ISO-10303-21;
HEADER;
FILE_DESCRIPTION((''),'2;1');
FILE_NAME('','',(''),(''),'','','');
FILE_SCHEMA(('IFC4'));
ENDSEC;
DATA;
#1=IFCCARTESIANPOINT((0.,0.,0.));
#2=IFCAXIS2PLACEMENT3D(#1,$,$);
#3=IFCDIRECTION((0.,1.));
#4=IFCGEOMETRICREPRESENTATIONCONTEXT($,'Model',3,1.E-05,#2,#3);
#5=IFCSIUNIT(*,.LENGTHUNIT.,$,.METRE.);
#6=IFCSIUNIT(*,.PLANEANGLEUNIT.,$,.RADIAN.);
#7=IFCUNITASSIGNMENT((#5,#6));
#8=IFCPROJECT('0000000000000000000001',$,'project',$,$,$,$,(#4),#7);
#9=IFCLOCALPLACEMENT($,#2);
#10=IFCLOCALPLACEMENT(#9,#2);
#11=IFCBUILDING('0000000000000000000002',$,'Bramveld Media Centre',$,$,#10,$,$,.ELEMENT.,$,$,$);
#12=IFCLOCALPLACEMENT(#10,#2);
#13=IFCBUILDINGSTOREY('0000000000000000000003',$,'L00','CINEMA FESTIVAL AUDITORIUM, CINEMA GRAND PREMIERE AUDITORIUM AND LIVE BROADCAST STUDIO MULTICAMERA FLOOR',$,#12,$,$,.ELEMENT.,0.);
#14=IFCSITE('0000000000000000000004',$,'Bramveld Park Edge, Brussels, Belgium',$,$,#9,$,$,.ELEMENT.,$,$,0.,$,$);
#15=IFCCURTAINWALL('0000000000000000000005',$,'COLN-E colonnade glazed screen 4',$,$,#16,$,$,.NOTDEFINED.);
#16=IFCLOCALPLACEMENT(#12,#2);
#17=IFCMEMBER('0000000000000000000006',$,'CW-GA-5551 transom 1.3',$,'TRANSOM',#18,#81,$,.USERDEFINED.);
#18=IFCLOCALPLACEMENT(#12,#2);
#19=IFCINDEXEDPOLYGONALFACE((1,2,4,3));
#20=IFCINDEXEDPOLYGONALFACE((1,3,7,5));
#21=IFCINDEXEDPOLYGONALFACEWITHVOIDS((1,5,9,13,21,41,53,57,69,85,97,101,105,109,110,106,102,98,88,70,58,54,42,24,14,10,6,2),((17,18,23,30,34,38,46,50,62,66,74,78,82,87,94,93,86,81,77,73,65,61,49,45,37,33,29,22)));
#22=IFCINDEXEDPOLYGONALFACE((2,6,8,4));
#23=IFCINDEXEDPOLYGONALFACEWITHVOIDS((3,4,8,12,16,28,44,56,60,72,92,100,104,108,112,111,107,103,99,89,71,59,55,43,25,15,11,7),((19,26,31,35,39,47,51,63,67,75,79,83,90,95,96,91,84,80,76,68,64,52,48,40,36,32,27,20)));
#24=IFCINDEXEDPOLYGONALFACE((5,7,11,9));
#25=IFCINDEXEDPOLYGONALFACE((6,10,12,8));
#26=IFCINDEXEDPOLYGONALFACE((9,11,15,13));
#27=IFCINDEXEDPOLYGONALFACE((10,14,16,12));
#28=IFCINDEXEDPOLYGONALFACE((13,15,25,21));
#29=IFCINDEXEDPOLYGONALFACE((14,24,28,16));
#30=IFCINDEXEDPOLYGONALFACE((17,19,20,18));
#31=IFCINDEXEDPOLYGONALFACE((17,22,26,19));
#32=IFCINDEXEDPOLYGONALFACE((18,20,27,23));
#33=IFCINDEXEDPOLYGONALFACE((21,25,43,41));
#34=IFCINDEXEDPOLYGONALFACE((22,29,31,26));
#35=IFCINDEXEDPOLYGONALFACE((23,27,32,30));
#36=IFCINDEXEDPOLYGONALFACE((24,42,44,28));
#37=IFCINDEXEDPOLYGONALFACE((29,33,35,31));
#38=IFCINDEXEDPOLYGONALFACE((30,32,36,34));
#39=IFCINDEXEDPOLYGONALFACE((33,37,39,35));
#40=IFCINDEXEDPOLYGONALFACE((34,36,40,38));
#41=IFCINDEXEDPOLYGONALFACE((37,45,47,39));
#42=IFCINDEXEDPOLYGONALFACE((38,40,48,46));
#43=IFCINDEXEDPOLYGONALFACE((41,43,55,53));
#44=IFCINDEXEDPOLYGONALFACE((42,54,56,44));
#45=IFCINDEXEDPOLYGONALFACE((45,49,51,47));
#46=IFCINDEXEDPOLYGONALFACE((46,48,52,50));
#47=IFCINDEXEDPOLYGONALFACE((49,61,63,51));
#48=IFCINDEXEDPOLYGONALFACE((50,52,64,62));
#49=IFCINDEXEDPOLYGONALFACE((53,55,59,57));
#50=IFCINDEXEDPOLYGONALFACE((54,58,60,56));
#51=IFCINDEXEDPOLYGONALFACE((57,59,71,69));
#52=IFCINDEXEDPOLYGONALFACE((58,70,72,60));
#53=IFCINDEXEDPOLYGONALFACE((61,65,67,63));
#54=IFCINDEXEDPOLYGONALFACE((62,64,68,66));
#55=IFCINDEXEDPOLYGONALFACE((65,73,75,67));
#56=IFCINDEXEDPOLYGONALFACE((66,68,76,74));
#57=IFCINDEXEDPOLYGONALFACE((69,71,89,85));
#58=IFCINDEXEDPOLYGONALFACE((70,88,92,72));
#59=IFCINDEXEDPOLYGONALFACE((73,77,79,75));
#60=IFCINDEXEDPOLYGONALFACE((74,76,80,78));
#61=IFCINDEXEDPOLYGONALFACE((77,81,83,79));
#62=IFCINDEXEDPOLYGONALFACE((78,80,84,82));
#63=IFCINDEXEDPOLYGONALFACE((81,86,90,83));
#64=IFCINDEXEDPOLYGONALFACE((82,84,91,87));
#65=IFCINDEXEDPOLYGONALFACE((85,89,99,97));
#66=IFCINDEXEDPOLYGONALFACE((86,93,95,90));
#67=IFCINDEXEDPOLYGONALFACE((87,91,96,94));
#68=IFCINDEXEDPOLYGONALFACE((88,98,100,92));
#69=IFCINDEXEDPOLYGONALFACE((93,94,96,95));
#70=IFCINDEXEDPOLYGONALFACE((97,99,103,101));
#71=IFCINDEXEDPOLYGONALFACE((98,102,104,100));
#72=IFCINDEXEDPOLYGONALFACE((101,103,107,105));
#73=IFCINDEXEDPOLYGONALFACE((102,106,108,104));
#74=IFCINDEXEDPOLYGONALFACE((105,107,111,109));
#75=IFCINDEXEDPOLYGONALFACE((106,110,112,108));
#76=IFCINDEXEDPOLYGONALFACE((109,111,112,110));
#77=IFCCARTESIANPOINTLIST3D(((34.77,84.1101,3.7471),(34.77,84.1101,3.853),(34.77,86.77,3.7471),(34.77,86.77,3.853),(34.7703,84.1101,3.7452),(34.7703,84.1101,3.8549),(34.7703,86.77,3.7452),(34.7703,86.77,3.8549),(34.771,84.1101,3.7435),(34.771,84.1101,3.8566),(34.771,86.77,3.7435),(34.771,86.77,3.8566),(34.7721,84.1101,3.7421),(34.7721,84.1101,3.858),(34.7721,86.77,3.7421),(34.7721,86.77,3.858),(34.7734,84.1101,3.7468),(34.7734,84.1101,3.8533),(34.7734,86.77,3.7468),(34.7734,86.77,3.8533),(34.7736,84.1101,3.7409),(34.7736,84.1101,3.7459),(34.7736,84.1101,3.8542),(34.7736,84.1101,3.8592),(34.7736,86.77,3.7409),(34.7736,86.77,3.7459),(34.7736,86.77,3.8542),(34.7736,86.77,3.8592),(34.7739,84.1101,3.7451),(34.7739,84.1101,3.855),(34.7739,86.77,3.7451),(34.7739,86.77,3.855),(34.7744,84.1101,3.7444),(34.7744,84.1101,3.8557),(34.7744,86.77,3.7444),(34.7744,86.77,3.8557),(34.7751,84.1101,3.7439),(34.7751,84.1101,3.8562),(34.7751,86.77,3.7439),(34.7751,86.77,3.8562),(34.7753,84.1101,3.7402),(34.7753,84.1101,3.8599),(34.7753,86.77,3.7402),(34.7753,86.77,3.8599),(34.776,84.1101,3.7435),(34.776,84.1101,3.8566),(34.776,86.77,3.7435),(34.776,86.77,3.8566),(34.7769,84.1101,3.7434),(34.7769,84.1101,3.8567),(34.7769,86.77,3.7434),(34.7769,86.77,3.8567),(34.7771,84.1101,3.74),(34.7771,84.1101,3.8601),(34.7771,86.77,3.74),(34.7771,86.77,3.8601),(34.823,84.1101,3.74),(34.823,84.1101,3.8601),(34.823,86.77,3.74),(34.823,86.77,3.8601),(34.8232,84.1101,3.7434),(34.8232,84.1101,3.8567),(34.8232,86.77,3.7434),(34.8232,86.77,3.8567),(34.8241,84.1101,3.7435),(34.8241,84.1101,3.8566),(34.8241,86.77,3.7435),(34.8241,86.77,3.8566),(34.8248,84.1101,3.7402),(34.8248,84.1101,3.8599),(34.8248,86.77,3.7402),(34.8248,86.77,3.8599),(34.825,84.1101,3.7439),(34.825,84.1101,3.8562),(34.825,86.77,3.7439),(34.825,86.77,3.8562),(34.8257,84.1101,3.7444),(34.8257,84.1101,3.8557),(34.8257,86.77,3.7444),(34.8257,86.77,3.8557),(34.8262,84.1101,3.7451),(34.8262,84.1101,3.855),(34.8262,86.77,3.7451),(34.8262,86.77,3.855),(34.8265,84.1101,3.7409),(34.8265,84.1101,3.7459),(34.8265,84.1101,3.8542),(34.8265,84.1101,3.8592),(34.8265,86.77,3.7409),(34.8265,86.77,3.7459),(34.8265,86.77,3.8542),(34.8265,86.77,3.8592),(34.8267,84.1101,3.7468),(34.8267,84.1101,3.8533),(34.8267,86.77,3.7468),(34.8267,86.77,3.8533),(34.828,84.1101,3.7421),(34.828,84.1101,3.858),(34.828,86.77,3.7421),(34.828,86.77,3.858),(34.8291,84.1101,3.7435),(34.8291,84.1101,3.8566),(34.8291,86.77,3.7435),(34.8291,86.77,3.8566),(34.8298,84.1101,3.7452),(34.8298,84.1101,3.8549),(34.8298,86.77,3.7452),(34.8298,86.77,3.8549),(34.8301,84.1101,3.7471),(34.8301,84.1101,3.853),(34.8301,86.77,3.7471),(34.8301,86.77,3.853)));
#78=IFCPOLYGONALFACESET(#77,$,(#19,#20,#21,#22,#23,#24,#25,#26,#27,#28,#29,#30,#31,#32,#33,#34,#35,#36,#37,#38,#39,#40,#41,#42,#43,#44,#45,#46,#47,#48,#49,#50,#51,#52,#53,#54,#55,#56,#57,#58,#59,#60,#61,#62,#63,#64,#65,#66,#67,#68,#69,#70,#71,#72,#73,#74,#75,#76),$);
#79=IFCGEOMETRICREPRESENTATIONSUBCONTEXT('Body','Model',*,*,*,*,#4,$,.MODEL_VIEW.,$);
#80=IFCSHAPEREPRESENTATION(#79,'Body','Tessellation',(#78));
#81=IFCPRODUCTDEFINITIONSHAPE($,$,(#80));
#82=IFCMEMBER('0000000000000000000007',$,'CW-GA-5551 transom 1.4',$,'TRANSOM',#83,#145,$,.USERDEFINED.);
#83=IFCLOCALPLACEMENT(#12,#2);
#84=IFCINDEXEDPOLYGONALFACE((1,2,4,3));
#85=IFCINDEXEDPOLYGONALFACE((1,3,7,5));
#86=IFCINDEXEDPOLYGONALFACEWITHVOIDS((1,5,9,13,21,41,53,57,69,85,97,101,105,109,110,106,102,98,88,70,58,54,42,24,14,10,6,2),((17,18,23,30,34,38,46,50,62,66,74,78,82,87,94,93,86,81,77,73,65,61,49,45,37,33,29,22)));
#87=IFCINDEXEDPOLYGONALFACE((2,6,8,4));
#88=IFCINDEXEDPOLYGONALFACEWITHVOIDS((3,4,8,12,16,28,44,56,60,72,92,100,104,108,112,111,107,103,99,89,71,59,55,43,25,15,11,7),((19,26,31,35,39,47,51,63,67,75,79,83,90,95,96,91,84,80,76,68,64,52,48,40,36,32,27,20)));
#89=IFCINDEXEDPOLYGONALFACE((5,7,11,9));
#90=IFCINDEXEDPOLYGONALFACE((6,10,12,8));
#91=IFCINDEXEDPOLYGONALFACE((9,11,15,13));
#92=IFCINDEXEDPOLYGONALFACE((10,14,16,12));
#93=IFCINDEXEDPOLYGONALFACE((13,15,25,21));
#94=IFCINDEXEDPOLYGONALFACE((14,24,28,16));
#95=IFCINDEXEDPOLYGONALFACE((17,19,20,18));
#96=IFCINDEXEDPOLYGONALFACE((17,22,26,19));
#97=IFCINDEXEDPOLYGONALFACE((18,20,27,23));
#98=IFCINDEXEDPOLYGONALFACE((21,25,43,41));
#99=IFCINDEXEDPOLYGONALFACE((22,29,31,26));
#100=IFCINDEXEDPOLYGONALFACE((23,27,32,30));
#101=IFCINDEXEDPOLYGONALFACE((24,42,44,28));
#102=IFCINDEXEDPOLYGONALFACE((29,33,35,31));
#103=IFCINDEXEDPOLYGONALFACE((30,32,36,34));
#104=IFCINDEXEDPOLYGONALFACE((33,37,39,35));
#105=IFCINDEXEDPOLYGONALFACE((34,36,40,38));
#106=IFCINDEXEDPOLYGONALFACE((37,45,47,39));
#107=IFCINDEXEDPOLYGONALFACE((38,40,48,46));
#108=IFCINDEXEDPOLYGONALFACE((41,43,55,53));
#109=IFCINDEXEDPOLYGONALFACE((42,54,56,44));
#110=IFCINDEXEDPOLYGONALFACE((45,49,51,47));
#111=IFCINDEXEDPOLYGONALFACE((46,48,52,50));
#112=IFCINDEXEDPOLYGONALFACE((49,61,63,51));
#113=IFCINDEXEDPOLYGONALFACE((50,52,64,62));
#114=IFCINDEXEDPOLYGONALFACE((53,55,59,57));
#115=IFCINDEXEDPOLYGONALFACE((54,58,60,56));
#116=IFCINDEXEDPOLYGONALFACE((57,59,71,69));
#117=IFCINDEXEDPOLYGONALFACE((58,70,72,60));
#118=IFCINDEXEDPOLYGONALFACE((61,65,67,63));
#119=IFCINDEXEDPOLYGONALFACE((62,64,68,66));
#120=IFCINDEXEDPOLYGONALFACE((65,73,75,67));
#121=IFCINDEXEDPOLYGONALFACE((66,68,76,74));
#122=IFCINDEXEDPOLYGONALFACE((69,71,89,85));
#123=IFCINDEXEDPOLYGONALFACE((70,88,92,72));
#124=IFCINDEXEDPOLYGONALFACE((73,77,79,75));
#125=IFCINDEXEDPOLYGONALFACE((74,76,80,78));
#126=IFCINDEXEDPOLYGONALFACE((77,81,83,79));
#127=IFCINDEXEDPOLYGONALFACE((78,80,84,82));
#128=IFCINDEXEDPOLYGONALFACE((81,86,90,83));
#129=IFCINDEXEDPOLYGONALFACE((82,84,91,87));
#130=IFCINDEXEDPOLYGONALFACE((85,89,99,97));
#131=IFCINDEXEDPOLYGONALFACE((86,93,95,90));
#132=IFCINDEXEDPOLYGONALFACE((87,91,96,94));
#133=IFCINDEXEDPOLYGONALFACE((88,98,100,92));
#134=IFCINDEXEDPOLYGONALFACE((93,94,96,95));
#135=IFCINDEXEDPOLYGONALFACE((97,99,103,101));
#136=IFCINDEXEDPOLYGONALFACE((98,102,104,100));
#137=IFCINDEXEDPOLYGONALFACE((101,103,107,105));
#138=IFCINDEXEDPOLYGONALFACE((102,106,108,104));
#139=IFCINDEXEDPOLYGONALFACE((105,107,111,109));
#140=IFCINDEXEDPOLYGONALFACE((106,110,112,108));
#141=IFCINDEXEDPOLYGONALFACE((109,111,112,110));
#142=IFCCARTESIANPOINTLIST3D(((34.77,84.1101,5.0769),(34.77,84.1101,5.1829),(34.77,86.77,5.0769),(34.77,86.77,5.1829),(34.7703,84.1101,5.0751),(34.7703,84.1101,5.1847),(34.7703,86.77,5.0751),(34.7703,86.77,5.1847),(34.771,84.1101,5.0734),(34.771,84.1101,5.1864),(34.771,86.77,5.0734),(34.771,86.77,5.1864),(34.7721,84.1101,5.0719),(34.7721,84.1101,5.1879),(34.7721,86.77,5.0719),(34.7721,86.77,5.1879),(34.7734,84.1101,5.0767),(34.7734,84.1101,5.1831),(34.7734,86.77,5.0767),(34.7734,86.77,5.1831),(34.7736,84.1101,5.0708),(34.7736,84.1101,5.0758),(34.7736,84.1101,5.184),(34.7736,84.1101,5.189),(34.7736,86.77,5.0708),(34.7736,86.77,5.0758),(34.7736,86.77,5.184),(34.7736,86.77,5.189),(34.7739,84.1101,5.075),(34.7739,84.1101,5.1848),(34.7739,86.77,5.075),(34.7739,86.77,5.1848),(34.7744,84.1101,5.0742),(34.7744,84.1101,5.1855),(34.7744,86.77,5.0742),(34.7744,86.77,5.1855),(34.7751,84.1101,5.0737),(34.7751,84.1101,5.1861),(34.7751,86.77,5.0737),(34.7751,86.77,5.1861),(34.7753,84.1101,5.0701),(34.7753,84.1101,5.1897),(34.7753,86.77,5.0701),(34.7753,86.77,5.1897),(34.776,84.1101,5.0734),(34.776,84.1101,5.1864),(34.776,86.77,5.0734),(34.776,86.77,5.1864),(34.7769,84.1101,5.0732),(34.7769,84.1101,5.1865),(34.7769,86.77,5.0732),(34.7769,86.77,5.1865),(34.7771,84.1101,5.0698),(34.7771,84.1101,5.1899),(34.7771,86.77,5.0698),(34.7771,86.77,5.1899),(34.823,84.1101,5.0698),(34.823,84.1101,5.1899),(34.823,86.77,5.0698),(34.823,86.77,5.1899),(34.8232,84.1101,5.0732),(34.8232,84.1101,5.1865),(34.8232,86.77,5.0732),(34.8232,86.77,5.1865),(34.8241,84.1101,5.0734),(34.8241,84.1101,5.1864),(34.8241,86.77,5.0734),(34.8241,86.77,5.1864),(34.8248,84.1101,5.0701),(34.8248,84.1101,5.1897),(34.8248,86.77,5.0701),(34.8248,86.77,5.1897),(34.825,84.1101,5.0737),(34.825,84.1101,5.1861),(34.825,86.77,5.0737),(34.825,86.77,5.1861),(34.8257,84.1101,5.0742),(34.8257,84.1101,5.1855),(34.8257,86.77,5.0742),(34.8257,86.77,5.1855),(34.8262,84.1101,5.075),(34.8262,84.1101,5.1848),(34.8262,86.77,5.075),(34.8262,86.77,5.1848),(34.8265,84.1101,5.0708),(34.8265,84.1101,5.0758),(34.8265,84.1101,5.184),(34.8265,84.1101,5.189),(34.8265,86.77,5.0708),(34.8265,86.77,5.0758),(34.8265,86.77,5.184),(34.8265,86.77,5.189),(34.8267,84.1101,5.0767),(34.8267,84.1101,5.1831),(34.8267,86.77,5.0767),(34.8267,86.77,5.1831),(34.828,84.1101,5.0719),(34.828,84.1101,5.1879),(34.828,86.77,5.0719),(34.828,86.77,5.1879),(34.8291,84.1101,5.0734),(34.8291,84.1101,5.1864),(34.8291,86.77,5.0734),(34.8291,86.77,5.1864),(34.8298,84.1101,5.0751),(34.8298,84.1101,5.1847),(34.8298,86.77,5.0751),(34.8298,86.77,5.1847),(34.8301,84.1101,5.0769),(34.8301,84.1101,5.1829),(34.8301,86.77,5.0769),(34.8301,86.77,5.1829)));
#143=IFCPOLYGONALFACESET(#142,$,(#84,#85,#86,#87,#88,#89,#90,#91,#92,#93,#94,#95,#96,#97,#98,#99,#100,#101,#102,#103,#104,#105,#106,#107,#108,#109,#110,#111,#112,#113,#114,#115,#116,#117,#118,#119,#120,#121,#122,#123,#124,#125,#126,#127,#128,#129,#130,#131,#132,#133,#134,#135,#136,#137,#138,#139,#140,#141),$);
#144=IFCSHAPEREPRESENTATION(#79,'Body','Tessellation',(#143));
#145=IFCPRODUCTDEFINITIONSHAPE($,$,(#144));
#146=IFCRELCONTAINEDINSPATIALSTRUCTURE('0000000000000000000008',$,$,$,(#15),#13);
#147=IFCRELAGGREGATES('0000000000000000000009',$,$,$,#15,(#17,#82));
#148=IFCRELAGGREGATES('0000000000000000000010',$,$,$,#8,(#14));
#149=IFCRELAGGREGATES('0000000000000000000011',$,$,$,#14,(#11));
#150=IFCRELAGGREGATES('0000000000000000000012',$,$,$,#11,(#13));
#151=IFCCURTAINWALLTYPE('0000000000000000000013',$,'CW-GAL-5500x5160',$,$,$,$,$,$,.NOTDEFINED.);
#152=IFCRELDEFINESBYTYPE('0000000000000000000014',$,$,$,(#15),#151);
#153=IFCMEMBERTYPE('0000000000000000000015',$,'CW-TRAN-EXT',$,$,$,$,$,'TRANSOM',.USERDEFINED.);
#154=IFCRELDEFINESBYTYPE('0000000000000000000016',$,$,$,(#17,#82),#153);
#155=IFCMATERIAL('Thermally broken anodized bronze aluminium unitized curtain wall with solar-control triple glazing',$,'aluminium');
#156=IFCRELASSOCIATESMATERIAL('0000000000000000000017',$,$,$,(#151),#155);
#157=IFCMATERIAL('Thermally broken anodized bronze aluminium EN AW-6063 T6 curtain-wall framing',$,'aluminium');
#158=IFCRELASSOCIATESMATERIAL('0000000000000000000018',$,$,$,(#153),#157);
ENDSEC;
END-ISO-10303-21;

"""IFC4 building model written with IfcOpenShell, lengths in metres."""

from ifc_helpers import new_model, si_unit, direction, frame, origin, origin_2d, place, context, subcontext, project, spatial, hollow_rectangle, extrude, material, material_profile, profile_set, type_object, element, aggregate, save


model = new_model("IFC4")

# Units and contexts
model_context = context("Model", 3, precision=1e-05, world=origin(), true_north=direction((0.0, 1.0)))
body_context = subcontext(model_context, "Body", "Model", "MODEL_VIEW")
ifc_project = project(units=[si_unit("LENGTHUNIT", "METRE"), si_unit("PLANEANGLEUNIT", "RADIAN")], contexts=[model_context])

# Site, building, storey
site_placement = place(None, origin())
site = spatial("IfcSite", under=ifc_project, at=site_placement, Name="Bramveld Park Edge, Brussels, Belgium", CompositionType="ELEMENT", RefElevation=0.0)
building_placement = place(site_placement, origin())
building = spatial("IfcBuilding", under=site, at=building_placement, Name="Bramveld Media Centre", CompositionType="ELEMENT")
storey_placement = place(building_placement, origin())
storey = spatial("IfcBuildingStorey", under=building, at=storey_placement, Name="L00", Description="CINEMA FESTIVAL AUDITORIUM, CINEMA GRAND PREMIERE AUDITORIUM AND LIVE BROADCAST STUDIO MULTICAMERA FLOOR", CompositionType="ELEMENT", Elevation=0.0)

# Curtain wall
ifc_material_1 = material(Name="Thermally broken anodized bronze aluminium unitized curtain wall with solar-control triple glazing", Category="aluminium")
curtain_wall_type_1 = type_object("IfcCurtainWallType", Name="CW-GAL-5500x5160", PredefinedType="NOTDEFINED", material=ifc_material_1)
curtain_wall_1_placement = place(storey_placement, origin())
curtain_wall_1 = element("IfcCurtainWall", 1, at=curtain_wall_1_placement, inside=storey, type_object=curtain_wall_type_1, Name="COLN-E colonnade glazed screen 4", PredefinedType="NOTDEFINED")

# Members
ifc_material_2 = material(Name="Thermally broken anodized bronze aluminium EN AW-6063 T6 curtain-wall framing", Category="aluminium")
ifc_material_profile_1 = material_profile(ifc_material_2, hollow_rectangle(XDim=0.0601, YDim=0.1201, WallThickness=0.0034, InnerFilletRadius=0.0034, OuterFilletRadius=0.0071, at=origin_2d()), Name="AL-TRAN 60x120")
ifc_profile_set_1 = profile_set([ifc_material_profile_1], Name="Thermally broken anodized bronze aluminium EN AW-6063 T6 curtain-wall framing")
member_type_1 = type_object("IfcMemberType", Name="CW-TRAN-EXT", ElementType="TRANSOM", PredefinedType="USERDEFINED", material=ifc_profile_set_1)
member_1_placement = place(storey_placement, frame((34.8, 84.1101, 3.8), z_axis=(0.0, 1.0, 0.0), x_axis=(-1.0, 0.0, 0.0)))
member_1 = element("IfcMember", 2, at=member_1_placement, type_object=member_type_1, Name="CW-GA-5551 transom 1.3", ObjectType="TRANSOM", PredefinedType="USERDEFINED", context=body_context, shape_type="SweptSolid", body=[
    extrude(hollow_rectangle(XDim=0.0601, YDim=0.1201, WallThickness=0.0034, InnerFilletRadius=0.0034, OuterFilletRadius=0.0071, at=origin_2d()), origin(), (0.0, 0.0, 1.0), 2.6599),
])
member_2_placement = place(storey_placement, frame((34.8, 84.1101, 5.1299), z_axis=(0.0, 1.0, 0.0), x_axis=(-1.0, 0.0, 0.0)))
member_2 = element("IfcMember", 3, at=member_2_placement, type_object=member_type_1, Name="CW-GA-5551 transom 1.4", ObjectType="TRANSOM", PredefinedType="USERDEFINED", context=body_context, shape_type="SweptSolid", body=[
    extrude(hollow_rectangle(XDim=0.0601, YDim=0.1201, WallThickness=0.0034, InnerFilletRadius=0.0034, OuterFilletRadius=0.0071, at=origin_2d()), origin(), (0.0, 0.0, 1.0), 2.6599),
])

aggregate(curtain_wall_1, [member_1, member_2])

save(model, "model.ifc")
